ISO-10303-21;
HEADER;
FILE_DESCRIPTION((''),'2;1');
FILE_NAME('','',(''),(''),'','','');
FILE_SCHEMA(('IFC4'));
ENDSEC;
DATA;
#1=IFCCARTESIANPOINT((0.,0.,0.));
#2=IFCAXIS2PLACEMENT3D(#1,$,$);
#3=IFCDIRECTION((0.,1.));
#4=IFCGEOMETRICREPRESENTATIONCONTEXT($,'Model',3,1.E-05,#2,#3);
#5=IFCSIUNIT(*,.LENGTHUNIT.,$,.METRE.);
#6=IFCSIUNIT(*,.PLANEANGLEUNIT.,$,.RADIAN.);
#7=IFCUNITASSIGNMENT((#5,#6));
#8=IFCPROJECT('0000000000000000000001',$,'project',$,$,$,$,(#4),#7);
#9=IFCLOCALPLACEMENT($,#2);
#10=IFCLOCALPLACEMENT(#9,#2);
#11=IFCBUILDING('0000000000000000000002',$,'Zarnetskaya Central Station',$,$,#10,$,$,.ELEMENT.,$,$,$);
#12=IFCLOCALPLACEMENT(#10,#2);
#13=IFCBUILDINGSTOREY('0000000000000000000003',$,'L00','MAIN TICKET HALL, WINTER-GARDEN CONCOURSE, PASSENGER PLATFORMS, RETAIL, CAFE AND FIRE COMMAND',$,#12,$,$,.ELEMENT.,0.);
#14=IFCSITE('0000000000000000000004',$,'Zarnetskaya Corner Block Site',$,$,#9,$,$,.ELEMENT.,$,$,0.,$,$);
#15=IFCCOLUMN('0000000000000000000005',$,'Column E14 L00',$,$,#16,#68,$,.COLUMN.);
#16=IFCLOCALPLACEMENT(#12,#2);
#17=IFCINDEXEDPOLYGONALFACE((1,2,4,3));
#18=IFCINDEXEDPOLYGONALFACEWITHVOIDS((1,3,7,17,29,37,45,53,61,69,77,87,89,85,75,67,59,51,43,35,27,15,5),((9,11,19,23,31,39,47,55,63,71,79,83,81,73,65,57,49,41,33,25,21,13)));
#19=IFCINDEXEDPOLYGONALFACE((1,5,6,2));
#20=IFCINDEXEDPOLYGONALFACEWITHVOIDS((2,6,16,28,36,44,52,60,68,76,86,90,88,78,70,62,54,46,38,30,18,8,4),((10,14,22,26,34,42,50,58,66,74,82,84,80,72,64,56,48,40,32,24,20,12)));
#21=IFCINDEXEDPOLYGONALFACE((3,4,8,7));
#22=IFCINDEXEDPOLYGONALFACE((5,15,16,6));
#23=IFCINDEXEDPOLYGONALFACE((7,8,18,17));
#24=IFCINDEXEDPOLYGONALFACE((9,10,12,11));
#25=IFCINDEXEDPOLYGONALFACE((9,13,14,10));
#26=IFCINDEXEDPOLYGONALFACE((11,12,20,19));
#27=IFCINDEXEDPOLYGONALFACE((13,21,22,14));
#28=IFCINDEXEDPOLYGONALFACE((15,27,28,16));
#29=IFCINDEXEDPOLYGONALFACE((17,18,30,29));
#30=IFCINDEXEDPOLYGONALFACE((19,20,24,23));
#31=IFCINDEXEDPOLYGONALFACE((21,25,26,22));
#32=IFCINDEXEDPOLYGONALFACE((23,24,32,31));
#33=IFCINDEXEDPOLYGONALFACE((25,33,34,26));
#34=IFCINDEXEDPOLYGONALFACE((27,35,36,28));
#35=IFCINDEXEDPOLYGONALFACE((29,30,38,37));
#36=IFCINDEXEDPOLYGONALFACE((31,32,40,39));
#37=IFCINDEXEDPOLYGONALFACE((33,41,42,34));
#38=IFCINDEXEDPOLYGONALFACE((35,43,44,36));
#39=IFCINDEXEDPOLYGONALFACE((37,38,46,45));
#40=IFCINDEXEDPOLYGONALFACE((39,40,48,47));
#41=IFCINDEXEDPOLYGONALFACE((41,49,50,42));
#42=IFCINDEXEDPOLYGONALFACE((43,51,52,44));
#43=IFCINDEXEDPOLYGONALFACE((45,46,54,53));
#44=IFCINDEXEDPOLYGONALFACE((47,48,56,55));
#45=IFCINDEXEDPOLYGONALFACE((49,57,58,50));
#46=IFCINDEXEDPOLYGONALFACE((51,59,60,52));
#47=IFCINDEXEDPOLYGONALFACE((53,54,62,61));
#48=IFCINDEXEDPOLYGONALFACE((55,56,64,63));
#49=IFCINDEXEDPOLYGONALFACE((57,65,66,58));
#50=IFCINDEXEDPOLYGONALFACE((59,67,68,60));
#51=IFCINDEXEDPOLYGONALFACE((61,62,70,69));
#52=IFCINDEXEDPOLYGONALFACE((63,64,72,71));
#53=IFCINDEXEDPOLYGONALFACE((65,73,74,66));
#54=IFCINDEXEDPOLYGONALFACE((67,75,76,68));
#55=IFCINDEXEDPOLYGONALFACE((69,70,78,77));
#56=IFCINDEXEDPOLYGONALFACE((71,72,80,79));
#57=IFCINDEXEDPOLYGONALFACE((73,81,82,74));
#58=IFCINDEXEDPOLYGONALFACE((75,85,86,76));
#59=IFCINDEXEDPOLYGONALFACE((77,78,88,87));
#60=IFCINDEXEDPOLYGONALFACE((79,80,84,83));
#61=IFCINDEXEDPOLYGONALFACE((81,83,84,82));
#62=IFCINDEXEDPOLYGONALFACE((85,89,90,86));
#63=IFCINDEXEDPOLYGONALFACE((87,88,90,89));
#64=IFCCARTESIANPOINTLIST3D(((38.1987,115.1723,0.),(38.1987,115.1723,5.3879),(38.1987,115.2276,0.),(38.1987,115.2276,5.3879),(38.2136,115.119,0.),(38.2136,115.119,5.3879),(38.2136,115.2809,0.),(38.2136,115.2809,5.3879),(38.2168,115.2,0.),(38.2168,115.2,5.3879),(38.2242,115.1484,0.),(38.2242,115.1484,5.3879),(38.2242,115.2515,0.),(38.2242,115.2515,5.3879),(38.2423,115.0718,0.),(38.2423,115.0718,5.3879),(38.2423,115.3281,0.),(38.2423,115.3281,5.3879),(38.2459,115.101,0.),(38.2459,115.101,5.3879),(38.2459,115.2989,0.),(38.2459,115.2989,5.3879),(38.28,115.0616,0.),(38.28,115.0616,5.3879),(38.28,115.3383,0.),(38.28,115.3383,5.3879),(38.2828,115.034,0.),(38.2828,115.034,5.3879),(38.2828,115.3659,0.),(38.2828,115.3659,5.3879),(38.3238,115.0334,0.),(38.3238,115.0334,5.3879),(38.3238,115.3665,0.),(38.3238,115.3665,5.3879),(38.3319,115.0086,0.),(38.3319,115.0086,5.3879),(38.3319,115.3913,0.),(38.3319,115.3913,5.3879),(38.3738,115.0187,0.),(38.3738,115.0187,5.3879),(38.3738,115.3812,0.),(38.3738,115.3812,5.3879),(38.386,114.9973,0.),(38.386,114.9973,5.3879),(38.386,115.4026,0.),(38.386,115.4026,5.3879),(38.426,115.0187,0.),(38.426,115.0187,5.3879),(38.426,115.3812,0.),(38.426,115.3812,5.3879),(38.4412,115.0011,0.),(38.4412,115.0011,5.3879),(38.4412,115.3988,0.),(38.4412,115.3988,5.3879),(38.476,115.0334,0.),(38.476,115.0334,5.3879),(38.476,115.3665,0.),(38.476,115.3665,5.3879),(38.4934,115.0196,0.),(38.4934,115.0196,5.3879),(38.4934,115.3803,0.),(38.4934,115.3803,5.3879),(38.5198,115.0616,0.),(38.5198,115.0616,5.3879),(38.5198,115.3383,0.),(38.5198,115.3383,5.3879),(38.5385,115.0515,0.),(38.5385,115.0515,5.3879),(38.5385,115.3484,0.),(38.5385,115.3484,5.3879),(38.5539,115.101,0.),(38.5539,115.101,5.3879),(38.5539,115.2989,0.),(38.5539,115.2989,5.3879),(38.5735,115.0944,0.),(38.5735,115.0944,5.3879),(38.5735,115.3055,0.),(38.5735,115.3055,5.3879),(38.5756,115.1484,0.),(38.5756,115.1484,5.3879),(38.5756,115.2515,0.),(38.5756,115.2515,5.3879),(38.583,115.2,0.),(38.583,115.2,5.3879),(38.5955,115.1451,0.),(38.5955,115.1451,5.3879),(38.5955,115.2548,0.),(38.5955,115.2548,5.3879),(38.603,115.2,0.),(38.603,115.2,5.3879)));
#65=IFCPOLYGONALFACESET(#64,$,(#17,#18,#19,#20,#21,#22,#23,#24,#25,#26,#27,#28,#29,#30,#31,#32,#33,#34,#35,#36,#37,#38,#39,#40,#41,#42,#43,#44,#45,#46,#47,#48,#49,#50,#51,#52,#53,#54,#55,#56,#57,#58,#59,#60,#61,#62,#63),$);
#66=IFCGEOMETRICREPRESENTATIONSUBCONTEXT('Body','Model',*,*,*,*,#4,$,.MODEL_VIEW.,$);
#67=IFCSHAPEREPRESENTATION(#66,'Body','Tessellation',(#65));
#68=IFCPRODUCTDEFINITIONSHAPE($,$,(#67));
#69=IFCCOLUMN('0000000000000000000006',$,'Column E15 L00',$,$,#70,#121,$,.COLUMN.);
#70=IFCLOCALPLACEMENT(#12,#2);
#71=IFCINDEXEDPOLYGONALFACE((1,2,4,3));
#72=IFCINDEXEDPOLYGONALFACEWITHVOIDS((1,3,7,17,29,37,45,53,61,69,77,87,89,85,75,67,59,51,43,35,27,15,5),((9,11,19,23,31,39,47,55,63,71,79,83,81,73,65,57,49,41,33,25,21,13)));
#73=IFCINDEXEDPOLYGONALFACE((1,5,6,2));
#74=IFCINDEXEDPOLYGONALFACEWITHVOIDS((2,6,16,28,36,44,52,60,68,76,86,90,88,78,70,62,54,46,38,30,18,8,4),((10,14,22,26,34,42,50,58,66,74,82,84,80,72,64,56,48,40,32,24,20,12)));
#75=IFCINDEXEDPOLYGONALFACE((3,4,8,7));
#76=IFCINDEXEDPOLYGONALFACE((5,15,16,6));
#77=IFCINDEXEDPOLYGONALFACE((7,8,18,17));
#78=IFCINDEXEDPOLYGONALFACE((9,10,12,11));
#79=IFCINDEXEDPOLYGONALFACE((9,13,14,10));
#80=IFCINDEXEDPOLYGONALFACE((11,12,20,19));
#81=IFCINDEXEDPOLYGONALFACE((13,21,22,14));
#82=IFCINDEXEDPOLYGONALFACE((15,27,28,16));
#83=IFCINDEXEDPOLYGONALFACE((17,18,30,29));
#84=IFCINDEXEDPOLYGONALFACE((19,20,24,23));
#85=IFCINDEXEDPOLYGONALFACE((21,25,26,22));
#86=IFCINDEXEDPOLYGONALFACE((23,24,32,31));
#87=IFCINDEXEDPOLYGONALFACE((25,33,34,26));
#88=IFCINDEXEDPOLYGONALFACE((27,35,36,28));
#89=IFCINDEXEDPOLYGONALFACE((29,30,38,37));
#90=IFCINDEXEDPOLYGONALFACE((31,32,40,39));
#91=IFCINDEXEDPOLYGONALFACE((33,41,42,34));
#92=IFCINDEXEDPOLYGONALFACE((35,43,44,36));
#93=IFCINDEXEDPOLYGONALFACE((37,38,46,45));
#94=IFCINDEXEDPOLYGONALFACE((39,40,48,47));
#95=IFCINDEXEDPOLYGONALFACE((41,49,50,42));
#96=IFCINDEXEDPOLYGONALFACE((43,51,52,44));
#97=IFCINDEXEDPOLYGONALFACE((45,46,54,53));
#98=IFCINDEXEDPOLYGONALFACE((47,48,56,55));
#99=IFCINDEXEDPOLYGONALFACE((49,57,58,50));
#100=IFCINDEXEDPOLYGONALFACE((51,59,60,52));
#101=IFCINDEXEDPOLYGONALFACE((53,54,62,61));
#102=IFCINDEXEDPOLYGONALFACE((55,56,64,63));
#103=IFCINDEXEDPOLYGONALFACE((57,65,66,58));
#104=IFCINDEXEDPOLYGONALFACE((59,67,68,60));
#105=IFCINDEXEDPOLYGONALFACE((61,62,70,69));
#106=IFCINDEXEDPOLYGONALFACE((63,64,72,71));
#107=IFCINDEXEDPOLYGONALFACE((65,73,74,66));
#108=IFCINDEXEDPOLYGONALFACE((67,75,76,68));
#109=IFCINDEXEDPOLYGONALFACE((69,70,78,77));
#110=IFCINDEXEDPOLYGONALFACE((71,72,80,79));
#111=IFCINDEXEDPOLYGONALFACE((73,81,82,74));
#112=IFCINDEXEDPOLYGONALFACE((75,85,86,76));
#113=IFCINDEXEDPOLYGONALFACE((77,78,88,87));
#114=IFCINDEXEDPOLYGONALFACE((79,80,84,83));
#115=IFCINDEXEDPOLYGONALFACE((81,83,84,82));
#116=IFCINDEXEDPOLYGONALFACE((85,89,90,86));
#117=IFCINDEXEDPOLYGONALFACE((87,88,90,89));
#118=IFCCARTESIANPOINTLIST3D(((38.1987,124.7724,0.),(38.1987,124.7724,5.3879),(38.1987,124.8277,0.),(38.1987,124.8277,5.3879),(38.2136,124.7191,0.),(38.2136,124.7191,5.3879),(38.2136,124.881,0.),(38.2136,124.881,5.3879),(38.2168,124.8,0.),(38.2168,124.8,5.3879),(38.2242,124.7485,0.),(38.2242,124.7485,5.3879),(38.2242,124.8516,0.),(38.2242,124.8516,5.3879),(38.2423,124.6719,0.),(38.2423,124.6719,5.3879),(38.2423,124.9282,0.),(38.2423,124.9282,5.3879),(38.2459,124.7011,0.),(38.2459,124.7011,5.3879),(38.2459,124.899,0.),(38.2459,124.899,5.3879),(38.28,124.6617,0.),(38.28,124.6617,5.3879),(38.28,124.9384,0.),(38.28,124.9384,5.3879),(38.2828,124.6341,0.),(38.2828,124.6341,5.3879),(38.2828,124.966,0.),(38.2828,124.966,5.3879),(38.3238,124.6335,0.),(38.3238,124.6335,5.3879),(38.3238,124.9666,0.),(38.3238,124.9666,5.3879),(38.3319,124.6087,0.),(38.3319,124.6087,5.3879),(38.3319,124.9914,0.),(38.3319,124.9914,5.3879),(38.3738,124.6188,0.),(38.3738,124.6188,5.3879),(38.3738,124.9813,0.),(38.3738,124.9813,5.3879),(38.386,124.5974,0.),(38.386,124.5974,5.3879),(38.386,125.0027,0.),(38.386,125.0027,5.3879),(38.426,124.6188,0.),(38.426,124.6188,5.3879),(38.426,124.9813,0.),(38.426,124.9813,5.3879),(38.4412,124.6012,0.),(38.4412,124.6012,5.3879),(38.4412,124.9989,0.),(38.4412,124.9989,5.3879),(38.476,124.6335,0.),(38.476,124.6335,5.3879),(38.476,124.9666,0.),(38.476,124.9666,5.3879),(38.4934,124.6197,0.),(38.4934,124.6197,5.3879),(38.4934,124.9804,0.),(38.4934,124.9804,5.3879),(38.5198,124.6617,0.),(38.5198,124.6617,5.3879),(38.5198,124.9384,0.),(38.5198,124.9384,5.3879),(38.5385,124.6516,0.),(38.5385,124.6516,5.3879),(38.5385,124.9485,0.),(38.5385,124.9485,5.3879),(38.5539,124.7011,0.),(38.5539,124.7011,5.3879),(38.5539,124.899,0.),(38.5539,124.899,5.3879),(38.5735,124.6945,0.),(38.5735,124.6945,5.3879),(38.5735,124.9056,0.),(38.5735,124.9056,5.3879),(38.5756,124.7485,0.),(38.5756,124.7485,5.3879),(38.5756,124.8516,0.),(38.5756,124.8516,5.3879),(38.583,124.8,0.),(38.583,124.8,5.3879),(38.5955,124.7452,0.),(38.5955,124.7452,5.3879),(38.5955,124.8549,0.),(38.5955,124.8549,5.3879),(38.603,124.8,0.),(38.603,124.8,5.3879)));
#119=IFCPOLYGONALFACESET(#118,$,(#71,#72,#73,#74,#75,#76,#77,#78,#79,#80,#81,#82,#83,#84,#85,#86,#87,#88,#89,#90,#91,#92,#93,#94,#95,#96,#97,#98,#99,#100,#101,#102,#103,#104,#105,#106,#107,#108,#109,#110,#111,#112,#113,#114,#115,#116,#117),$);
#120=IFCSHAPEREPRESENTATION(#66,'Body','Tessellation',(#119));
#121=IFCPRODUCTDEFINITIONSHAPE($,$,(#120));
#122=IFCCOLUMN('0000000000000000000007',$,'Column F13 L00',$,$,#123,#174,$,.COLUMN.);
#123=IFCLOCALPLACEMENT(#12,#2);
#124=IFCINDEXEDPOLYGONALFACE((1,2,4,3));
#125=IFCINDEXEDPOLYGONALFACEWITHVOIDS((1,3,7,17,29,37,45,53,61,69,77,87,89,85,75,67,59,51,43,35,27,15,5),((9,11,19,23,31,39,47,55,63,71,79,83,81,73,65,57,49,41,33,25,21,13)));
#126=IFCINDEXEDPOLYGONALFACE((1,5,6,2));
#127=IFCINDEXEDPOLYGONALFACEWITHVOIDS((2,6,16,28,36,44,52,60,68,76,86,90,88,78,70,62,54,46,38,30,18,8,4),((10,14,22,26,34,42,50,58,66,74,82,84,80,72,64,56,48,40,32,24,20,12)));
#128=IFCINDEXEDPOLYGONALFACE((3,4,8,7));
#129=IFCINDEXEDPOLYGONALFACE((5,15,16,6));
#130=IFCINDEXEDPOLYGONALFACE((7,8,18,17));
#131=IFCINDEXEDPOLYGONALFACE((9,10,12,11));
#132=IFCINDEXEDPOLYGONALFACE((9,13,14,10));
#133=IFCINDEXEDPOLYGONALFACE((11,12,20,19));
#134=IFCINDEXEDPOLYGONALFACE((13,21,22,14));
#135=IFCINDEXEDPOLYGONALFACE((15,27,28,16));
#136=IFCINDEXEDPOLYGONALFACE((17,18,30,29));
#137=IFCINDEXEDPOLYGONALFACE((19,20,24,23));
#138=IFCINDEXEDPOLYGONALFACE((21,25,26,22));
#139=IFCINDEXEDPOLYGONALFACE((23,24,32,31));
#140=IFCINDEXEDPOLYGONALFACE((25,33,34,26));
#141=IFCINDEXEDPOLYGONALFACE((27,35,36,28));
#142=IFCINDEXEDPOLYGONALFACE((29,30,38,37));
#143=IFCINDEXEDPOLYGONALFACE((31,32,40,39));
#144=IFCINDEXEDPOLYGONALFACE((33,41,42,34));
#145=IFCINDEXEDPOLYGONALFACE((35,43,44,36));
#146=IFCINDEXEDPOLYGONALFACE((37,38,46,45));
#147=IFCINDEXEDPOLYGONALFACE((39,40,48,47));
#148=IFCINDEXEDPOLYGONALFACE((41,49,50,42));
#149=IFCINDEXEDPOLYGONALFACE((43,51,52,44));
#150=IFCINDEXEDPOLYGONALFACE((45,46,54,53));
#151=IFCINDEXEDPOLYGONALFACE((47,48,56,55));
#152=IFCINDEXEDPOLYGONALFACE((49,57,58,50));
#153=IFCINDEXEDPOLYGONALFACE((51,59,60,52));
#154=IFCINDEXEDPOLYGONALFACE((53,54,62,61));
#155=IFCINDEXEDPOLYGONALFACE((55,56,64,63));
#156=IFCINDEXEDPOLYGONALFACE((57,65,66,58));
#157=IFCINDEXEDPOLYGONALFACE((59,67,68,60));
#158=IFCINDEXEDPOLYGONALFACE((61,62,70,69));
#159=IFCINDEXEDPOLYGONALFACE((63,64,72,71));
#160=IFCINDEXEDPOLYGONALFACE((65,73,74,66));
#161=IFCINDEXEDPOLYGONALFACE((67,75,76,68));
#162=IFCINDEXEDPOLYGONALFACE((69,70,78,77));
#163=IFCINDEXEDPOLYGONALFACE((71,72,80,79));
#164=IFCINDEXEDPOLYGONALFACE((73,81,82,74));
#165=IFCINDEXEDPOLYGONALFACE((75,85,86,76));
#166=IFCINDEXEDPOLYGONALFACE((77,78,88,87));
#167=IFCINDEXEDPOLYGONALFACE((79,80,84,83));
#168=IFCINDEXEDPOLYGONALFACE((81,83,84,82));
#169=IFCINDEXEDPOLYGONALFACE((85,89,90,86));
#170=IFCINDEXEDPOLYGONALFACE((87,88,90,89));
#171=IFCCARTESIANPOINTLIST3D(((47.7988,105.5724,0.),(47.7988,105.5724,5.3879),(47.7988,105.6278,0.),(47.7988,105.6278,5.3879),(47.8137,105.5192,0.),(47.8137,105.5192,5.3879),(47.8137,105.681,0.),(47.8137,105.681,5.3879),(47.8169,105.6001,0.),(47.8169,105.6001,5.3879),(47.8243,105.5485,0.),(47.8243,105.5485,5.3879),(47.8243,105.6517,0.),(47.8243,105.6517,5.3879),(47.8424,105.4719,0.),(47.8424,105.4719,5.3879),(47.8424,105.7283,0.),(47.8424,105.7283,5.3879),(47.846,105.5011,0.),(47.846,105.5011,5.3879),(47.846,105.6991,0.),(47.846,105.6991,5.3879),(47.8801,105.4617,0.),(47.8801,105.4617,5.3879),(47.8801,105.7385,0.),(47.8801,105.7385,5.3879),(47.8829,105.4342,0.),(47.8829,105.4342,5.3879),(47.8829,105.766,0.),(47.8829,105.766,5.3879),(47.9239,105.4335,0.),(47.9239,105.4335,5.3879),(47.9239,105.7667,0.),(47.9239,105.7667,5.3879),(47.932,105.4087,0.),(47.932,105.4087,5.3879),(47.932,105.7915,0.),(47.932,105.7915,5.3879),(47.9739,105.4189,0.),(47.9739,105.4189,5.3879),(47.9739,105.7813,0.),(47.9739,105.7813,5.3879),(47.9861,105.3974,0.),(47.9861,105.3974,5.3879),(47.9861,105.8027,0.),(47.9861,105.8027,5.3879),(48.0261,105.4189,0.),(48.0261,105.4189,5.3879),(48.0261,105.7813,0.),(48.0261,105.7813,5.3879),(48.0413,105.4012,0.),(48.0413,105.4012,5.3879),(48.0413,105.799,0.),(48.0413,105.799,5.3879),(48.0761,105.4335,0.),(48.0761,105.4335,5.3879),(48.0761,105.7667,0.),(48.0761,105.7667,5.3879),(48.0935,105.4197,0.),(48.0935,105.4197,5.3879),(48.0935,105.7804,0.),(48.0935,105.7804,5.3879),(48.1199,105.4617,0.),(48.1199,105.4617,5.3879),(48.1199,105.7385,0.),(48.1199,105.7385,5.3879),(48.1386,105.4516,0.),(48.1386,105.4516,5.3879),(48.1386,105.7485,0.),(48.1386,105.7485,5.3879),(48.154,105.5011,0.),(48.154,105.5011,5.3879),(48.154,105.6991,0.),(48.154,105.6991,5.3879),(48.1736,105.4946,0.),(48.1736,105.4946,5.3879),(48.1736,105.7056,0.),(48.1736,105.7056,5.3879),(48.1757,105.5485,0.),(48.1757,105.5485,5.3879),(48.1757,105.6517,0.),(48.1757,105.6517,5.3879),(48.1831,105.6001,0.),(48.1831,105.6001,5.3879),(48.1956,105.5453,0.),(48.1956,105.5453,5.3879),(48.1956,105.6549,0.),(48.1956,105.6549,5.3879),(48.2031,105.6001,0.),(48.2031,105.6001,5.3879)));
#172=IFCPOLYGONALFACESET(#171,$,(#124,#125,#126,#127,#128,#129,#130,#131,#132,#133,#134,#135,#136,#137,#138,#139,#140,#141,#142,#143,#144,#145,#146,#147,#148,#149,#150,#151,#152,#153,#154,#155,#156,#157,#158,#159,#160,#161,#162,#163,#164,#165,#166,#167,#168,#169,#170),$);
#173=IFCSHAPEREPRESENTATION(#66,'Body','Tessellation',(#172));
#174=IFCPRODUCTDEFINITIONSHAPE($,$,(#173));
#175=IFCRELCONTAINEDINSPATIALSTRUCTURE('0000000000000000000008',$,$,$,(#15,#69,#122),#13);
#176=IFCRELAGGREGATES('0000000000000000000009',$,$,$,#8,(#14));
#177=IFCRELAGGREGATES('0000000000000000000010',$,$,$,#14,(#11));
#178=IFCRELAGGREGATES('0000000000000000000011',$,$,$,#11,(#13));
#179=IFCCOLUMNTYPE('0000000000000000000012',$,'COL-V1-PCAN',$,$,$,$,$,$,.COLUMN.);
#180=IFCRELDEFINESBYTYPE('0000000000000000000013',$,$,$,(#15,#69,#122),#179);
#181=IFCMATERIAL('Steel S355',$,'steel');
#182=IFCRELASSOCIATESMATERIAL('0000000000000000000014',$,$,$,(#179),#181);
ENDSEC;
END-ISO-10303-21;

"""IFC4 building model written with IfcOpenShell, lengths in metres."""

from ifc_helpers import new_model, si_unit, direction, frame, origin, origin_2d, place, context, subcontext, project, spatial, hollow_circle, extrude, material, material_profile, profile_set, type_object, element, save


model = new_model("IFC4")

# Units and contexts
model_context = context("Model", 3, precision=1e-05, world=origin(), true_north=direction((0.0, 1.0)))
body_context = subcontext(model_context, "Body", "Model", "MODEL_VIEW")
ifc_project = project(units=[si_unit("LENGTHUNIT", "METRE"), si_unit("PLANEANGLEUNIT", "RADIAN")], contexts=[model_context])

# Site, building, storey
site_placement = place(None, origin())
site = spatial("IfcSite", under=ifc_project, at=site_placement, Name="Zarnetskaya Corner Block Site", CompositionType="ELEMENT", RefElevation=0.0)
building_placement = place(site_placement, origin())
building = spatial("IfcBuilding", under=site, at=building_placement, Name="Zarnetskaya Central Station", CompositionType="ELEMENT")
storey_placement = place(building_placement, origin())
storey = spatial("IfcBuildingStorey", under=building, at=storey_placement, Name="L00", Description="MAIN TICKET HALL, WINTER-GARDEN CONCOURSE, PASSENGER PLATFORMS, RETAIL, CAFE AND FIRE COMMAND", CompositionType="ELEMENT", Elevation=0.0)

# Columns
ifc_material = material(Name="Steel S355", Category="steel")
ifc_material_profile_1 = material_profile(ifc_material, hollow_circle(Radius=0.2031, WallThickness=0.02, at=origin_2d()), Name="CHS 406.4x20")
ifc_profile_set_1 = profile_set([ifc_material_profile_1], Name="Steel S355")
column_type = type_object("IfcColumnType", Name="COL-V1-PCAN", PredefinedType="COLUMN", material=ifc_profile_set_1)
for number, where, z_axis, x_axis, name in (
    (1, (38.3999, 115.2, 0.0), (0.0, 0.0, 1.0), (1.0, 0.0, 0.0), "Column E14 L00"),
    (2, (38.3999, 124.8, 0.0), (0.0, 0.0, 1.0), (1.0, 0.0, 0.0), "Column E15 L00"),
    (3, (48.0, 105.6001, 0.0), (0.0, 0.0, 1.0), (1.0, 0.0, 0.0), "Column F13 L00"),
):
    element("IfcColumn", number, at=place(storey_placement, frame(where, z_axis=z_axis, x_axis=x_axis)), inside=storey, type_object=column_type, Name=name, PredefinedType="COLUMN", context=body_context, shape_type="SweptSolid", body=[
        extrude(hollow_circle(Radius=0.2031, WallThickness=0.02, at=origin_2d()), origin(), (0.0, 0.0, 1.0), 5.3879),
    ])

save(model, "model.ifc")
